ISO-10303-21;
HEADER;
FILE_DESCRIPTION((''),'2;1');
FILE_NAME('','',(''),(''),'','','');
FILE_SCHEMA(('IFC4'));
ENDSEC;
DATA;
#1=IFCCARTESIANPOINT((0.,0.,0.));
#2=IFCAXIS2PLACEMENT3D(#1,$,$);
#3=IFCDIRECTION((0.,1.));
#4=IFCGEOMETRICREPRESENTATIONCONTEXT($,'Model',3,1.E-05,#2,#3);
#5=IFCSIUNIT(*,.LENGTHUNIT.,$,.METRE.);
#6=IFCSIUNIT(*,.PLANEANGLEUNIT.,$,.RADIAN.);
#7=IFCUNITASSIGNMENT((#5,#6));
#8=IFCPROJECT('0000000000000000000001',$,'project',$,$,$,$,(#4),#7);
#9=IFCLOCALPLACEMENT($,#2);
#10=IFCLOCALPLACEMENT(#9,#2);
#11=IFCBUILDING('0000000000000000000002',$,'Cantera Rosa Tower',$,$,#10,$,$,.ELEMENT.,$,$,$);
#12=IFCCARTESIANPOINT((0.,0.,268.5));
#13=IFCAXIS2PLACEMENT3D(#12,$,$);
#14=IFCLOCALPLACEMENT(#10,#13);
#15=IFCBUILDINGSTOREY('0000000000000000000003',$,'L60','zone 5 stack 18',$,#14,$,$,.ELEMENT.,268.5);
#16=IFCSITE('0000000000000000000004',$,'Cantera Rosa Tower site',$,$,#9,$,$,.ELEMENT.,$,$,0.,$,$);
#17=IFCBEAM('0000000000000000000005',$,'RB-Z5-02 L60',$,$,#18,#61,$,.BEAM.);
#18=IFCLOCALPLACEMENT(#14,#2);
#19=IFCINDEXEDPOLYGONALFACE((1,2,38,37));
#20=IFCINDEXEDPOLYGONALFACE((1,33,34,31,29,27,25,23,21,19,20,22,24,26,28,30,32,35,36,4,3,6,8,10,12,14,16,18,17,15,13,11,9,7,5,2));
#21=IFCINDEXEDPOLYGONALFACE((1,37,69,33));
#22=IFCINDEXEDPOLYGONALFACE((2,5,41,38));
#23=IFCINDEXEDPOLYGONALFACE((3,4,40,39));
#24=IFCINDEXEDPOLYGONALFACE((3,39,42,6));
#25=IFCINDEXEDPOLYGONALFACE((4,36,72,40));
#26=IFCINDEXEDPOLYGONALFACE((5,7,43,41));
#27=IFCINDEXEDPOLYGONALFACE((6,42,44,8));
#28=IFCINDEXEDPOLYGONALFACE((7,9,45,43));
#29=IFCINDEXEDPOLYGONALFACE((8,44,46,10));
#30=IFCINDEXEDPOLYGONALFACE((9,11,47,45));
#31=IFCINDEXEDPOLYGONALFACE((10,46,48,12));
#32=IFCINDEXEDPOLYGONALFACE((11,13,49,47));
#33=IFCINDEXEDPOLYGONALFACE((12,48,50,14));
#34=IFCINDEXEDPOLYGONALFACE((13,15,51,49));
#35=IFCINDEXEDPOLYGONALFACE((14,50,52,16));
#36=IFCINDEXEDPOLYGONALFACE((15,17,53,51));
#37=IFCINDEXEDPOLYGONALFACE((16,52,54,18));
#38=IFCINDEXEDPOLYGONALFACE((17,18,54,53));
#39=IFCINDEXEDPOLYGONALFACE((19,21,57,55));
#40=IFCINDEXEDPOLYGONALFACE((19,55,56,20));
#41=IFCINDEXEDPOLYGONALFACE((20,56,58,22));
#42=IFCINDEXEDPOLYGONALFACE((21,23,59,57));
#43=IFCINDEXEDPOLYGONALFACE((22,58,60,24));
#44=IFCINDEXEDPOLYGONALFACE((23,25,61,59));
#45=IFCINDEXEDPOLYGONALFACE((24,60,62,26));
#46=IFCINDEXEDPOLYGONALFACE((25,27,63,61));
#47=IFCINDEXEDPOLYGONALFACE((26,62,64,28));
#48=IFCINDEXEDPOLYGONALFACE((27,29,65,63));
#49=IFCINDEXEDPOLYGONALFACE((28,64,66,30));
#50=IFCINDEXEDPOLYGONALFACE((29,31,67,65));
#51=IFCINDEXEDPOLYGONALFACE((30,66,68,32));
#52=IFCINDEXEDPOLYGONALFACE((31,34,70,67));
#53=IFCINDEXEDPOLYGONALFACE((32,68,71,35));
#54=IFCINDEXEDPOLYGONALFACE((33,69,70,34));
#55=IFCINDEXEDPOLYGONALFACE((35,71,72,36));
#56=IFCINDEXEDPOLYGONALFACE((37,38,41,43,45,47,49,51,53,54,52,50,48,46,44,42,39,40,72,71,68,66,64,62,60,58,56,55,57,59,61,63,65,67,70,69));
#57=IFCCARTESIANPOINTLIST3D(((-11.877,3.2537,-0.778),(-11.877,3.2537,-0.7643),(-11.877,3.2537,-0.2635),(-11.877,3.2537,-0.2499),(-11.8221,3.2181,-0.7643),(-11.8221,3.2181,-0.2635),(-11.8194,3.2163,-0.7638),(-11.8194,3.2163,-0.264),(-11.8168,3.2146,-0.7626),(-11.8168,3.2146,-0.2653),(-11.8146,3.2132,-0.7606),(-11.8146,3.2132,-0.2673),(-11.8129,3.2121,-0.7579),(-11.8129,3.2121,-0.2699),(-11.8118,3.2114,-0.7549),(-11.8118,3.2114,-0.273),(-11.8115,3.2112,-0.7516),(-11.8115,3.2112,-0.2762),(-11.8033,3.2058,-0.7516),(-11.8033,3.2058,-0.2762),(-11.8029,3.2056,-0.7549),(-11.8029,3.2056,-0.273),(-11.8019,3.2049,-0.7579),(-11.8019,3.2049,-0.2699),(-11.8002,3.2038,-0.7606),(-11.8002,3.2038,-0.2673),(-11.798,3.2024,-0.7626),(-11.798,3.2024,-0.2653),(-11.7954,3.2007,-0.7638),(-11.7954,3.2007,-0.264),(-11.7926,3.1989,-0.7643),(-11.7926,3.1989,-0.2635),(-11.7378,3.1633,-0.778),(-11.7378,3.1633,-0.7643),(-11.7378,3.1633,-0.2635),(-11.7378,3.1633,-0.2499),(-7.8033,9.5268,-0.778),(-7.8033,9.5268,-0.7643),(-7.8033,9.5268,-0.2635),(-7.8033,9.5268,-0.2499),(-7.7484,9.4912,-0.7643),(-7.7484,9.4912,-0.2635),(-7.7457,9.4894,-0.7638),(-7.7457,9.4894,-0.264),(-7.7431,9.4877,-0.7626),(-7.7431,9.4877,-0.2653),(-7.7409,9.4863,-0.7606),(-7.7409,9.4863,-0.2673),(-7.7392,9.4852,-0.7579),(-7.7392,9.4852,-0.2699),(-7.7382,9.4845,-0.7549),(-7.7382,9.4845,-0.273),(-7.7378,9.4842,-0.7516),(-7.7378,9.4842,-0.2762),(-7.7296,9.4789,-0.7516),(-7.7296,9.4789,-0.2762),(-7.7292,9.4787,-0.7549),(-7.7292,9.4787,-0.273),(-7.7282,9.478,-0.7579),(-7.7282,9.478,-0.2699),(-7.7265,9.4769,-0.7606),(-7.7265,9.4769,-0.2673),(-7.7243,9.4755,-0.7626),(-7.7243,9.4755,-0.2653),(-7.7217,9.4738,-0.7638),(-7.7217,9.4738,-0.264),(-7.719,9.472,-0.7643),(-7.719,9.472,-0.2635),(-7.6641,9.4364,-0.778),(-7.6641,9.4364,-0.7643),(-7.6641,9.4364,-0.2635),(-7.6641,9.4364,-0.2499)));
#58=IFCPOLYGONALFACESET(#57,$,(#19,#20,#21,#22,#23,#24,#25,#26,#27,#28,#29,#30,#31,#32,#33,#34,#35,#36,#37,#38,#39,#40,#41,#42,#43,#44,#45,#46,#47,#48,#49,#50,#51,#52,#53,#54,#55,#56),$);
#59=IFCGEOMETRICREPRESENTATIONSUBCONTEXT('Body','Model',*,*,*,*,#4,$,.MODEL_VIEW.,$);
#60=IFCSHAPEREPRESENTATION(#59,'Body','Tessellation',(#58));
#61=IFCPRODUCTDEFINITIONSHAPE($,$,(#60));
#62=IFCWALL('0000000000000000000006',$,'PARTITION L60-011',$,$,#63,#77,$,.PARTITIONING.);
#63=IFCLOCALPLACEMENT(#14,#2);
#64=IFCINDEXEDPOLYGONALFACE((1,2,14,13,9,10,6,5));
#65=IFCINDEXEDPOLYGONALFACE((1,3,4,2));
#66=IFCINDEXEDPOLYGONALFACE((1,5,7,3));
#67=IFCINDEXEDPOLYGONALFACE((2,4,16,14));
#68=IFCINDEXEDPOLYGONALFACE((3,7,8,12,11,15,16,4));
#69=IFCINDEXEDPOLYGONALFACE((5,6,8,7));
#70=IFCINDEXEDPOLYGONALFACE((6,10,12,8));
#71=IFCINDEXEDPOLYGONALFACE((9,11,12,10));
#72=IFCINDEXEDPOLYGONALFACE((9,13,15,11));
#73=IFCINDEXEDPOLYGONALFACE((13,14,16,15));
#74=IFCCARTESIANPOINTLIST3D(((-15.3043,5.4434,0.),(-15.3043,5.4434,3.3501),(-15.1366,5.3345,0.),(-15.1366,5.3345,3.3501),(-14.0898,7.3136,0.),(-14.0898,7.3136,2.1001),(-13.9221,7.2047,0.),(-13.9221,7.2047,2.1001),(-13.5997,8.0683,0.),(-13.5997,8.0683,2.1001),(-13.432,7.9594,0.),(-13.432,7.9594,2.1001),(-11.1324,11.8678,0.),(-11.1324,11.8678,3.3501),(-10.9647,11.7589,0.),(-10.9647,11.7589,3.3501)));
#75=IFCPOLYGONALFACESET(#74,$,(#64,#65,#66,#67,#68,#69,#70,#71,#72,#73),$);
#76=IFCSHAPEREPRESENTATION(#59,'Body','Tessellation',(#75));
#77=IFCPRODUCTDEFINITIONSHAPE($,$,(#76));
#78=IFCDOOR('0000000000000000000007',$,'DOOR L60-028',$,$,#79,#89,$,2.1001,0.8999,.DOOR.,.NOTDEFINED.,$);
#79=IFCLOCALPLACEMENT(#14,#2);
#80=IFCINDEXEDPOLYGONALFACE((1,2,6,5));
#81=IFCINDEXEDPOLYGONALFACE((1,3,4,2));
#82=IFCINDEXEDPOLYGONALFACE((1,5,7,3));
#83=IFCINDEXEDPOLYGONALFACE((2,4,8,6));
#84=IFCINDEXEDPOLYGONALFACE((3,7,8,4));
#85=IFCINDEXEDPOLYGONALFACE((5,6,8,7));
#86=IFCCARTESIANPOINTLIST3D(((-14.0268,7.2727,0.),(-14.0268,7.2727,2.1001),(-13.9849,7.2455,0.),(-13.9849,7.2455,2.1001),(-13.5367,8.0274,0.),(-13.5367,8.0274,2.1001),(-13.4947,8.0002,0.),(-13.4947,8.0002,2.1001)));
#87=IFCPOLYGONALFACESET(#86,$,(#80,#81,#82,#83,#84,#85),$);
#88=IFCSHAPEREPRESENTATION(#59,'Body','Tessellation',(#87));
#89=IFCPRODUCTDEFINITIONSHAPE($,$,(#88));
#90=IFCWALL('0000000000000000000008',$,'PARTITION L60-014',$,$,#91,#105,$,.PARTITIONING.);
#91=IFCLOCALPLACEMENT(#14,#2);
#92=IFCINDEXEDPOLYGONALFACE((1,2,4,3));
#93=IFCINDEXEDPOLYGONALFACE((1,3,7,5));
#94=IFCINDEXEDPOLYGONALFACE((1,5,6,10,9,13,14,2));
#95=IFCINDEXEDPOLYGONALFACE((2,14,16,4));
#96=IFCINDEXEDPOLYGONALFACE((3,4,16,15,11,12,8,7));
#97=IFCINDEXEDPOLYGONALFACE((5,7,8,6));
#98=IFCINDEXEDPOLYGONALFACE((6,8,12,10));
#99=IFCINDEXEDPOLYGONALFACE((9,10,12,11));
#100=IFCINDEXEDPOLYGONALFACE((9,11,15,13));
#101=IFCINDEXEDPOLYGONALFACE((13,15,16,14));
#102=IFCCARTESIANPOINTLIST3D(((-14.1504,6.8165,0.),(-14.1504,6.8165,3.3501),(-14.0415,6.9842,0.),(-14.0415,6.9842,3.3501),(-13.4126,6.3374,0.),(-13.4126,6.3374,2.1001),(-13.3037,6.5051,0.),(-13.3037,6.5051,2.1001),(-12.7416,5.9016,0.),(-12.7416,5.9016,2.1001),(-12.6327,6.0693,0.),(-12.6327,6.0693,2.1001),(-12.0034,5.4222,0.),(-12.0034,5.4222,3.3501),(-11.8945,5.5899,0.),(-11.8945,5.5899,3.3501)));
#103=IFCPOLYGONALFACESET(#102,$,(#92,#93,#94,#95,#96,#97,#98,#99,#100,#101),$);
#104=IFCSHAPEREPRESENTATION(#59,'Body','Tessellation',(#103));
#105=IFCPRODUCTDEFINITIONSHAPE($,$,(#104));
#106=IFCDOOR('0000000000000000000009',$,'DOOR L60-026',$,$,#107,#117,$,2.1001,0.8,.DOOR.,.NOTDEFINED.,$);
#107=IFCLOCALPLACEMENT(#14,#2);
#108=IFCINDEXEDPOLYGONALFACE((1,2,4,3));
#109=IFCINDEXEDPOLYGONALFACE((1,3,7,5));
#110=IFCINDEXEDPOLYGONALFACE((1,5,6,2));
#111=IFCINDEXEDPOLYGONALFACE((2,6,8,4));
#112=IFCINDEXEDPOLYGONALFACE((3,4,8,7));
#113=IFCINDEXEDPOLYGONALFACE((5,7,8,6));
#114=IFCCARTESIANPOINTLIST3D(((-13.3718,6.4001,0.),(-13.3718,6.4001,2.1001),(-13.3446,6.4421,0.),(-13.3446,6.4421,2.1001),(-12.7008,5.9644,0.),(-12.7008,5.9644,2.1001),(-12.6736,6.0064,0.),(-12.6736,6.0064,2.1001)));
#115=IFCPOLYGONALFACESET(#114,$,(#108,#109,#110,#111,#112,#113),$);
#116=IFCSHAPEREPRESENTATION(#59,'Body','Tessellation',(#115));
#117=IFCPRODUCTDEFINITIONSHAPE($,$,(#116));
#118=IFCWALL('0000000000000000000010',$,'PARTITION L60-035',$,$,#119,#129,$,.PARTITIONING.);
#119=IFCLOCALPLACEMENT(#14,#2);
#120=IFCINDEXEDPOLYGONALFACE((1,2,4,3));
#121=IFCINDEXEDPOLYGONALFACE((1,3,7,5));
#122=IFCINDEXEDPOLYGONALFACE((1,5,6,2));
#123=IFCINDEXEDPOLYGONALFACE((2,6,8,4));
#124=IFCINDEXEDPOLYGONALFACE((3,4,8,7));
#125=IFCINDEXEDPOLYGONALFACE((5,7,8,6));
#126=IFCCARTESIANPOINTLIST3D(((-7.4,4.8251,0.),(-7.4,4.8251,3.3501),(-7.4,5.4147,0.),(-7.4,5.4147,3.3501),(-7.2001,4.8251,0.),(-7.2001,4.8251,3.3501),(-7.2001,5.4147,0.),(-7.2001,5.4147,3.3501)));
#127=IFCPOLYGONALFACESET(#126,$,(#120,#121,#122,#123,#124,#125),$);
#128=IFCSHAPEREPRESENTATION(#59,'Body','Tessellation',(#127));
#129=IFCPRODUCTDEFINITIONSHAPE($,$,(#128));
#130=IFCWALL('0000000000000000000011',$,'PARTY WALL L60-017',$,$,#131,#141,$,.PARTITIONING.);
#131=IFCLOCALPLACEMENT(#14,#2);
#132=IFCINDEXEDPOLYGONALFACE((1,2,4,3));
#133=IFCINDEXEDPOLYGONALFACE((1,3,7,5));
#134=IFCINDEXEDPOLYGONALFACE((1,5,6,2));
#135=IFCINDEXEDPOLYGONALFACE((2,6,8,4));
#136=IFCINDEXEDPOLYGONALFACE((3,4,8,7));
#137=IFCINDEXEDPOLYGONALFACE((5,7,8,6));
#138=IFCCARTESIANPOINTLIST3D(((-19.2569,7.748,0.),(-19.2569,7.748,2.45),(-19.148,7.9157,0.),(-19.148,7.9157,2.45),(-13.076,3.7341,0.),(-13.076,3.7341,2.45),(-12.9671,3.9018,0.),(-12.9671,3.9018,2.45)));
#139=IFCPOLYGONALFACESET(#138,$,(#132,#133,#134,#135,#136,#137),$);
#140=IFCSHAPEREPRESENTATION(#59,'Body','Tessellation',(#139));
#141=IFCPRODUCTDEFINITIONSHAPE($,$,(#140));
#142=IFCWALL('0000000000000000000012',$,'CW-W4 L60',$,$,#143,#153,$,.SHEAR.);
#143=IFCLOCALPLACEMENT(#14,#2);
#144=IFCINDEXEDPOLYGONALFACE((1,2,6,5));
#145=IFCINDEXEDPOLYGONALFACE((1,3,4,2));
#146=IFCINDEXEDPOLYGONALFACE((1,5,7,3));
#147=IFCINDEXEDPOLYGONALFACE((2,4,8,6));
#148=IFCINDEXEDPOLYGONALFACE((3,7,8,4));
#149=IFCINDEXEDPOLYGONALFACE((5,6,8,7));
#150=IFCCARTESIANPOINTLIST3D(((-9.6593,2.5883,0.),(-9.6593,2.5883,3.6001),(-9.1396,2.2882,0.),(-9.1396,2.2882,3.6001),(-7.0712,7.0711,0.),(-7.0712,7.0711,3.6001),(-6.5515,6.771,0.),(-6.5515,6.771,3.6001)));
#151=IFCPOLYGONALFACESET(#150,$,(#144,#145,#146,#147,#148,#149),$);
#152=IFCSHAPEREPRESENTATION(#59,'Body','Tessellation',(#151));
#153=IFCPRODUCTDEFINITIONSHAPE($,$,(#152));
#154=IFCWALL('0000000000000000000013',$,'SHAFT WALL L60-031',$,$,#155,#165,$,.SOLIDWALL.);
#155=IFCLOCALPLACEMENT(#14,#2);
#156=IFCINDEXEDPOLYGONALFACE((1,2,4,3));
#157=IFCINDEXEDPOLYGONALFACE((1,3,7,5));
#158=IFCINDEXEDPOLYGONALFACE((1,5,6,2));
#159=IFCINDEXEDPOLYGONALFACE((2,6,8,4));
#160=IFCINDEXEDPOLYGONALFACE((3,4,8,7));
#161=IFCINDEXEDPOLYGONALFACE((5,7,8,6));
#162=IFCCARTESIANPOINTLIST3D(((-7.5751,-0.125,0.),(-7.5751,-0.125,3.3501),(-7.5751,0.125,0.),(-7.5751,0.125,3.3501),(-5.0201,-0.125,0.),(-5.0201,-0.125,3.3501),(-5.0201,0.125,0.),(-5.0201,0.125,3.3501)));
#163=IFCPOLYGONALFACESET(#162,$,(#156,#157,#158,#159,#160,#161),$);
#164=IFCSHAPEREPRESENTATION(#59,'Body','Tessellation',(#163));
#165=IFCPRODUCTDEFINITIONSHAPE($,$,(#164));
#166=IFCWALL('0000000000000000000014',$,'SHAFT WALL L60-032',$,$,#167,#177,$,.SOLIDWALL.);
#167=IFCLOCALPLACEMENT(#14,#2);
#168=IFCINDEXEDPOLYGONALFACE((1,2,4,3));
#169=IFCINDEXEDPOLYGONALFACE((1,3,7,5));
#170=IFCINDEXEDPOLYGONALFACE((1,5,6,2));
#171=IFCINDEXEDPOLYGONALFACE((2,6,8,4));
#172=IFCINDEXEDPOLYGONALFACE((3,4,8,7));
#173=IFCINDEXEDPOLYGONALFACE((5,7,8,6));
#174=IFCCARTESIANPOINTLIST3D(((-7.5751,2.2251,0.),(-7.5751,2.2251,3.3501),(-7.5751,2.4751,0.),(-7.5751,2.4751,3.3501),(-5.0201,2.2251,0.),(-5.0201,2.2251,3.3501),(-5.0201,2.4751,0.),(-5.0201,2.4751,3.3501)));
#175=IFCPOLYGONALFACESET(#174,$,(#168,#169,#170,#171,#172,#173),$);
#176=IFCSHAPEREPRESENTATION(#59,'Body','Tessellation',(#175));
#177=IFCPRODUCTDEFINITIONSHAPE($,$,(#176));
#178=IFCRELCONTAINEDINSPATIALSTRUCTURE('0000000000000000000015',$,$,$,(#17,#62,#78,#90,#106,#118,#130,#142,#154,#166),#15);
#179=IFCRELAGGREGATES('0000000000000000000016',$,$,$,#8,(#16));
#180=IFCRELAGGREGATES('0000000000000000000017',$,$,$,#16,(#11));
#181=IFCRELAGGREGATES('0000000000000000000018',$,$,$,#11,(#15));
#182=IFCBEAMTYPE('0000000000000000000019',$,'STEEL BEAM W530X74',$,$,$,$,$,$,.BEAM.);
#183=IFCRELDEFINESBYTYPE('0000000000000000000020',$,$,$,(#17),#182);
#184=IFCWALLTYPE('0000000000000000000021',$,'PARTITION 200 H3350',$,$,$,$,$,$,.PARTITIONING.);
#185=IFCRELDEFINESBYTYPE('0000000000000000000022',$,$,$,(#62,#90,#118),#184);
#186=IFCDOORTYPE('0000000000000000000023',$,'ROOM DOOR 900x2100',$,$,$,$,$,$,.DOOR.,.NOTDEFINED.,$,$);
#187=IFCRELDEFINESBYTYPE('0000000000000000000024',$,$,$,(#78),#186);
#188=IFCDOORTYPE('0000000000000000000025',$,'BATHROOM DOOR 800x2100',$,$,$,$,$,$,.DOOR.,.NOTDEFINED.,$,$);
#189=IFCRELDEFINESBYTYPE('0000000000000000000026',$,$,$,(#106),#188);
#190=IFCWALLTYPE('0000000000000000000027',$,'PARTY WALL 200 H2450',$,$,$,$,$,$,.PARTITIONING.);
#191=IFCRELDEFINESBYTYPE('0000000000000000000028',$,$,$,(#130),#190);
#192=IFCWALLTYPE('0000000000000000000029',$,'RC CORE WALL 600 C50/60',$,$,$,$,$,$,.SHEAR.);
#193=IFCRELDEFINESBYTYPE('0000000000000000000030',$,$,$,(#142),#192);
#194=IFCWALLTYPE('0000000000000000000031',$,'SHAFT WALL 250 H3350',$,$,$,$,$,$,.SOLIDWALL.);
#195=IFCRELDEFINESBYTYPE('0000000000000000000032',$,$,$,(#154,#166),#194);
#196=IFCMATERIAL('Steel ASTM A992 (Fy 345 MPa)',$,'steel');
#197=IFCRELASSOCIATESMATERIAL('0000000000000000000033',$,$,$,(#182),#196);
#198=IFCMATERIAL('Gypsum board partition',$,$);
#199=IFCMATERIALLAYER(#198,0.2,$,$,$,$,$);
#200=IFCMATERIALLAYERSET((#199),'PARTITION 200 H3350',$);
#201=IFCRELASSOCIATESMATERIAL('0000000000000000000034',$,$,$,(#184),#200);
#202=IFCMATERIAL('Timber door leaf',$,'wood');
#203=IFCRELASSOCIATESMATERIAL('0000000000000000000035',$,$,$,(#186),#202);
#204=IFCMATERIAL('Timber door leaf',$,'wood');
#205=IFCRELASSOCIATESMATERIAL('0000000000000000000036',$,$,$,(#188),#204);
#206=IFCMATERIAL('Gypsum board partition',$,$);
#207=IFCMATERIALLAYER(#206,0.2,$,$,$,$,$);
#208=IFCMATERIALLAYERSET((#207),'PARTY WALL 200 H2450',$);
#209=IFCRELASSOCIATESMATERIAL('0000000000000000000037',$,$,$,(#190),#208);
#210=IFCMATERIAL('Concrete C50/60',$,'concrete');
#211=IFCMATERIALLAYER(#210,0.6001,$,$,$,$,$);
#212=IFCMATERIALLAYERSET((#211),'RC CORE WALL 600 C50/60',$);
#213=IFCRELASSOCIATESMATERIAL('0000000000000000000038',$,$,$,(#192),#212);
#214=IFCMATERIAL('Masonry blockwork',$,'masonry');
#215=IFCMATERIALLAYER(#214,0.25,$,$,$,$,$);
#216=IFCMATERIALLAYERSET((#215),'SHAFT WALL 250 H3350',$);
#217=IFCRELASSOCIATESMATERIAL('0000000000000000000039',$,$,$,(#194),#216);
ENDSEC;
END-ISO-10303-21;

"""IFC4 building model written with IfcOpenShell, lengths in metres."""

from ifc_helpers import new_model, si_unit, direction, frame, frame_2d, origin, origin_2d, place, context, subcontext, project, spatial, rectangle, i_section, extrude, material, layer, layer_set, material_profile, profile_set, type_object, element, fill, save


model = new_model("IFC4")

# Units and contexts
model_context = context("Model", 3, precision=1e-05, world=origin(), true_north=direction((0.0, 1.0)))
body_context = subcontext(model_context, "Body", "Model", "MODEL_VIEW")
ifc_project = project(units=[si_unit("LENGTHUNIT", "METRE"), si_unit("PLANEANGLEUNIT", "RADIAN")], contexts=[model_context])

# Site, building, storey
site_placement = place(None, origin())
site = spatial("IfcSite", under=ifc_project, at=site_placement, Name="Cantera Rosa Tower site", CompositionType="ELEMENT", RefElevation=0.0)
building_placement = place(site_placement, origin())
building = spatial("IfcBuilding", under=site, at=building_placement, Name="Cantera Rosa Tower", CompositionType="ELEMENT")
storey_placement = place(building_placement, frame((0.0, 0.0, 268.5)))
storey = spatial("IfcBuildingStorey", under=building, at=storey_placement, Name="L60", Description="zone 5 stack 18", CompositionType="ELEMENT", Elevation=268.5)

# Beam
ifc_material_1 = material(Name="Steel ASTM A992 (Fy 345 MPa)", Category="steel")
ifc_material_profile = material_profile(ifc_material_1, i_section(OverallWidth=0.166, OverallDepth=0.5281, WebThickness=0.0098, FlangeThickness=0.0137, FilletRadius=0.0127, at=origin_2d()), Name="W530X74")
ifc_profile_set = profile_set([ifc_material_profile], Name="Steel ASTM A992 (Fy 345 MPa)")
beam_type = type_object("IfcBeamType", Name="STEEL BEAM W530X74", PredefinedType="BEAM", material=ifc_profile_set)
beam_placement = place(storey_placement, frame((-11.8074, 3.2085, -0.5139), z_axis=(0.544627, 0.838678, 0.0), x_axis=(-0.838678, 0.544627, 0.0)))
element("IfcBeam", 1, at=beam_placement, inside=storey, type_object=beam_type, Name="RB-Z5-02 L60", PredefinedType="BEAM", context=body_context, shape_type="SweptSolid", body=[
    extrude(i_section(OverallWidth=0.166, OverallDepth=0.5281, WebThickness=0.0098, FlangeThickness=0.0137, FilletRadius=0.0127, at=origin_2d()), origin(), (0.0, 0.0, 1.0), 7.4797),
])

# Walls, openings, doors
ifc_material_2 = material(Name="Gypsum board partition")
ifc_layer_1 = layer(ifc_material_2, 0.2)
ifc_layer_set_1 = layer_set([ifc_layer_1], Name="PARTITION 200 H3350")
wall_type_1 = type_object("IfcWallType", Name="PARTITION 200 H3350", PredefinedType="PARTITIONING", material=ifc_layer_set_1)
wall_1_placement = place(storey_placement, frame((-15.2205, 5.3889, 0.0), z_axis=(0.0, 0.0, 1.0), x_axis=(0.544628, 0.838678, 0.0)))
wall_1 = element("IfcWall", 2, at=wall_1_placement, inside=storey, type_object=wall_type_1, Name="PARTITION L60-011", PredefinedType="PARTITIONING", context=body_context, shape_type="SweptSolid", body=[
    extrude(rectangle(XDim=7.6602, YDim=0.2, at=frame_2d((3.8301, 0.0))), origin(), (0.0, 0.0, 1.0), 3.3501),
])
opening_1_placement = place(wall_1_placement, frame((2.23, 0.0, 0.0)))
opening_1 = element("IfcOpeningElement", 3, at=opening_1_placement, cuts=wall_1, PredefinedType="OPENING", context=body_context, shape_type="SweptSolid", body=[
    extrude(rectangle(XDim=0.8999, YDim=2.1001, at=frame_2d((0.45, 1.05))), frame((0.0, 0.1099, 0.0), z_axis=(0.0, -1.0, 0.0), x_axis=(1.0, 0.0, 0.0)), (0.0, 0.0, 1.0), 0.22),
])
ifc_material_3 = material(Name="Timber door leaf", Category="wood")
door_type_1 = type_object("IfcDoorType", Name="ROOM DOOR 900x2100", OperationType="NOTDEFINED", PredefinedType="DOOR", material=ifc_material_3)
door_1_placement = place(opening_1_placement, origin())
door_1 = element("IfcDoor", 4, at=door_1_placement, inside=storey, type_object=door_type_1, Name="DOOR L60-028", OperationType="NOTDEFINED", OverallHeight=2.1001, OverallWidth=0.8999, PredefinedType="DOOR", context=body_context, shape_type="SweptSolid", body=[
    extrude(rectangle(XDim=0.8999, YDim=2.1001, at=frame_2d((0.45, 1.05))), frame((0.0, 0.0249, 0.0), z_axis=(0.0, -1.0, 0.0), x_axis=(1.0, 0.0, 0.0)), (0.0, 0.0, 1.0), 0.05),
])
fill(opening_1, door_1)
wall_2_placement = place(storey_placement, frame((-14.0959, 6.9004, 0.0), z_axis=(0.0, 0.0, 1.0), x_axis=(0.838666, -0.544646, 0.0)))
wall_2 = element("IfcWall", 5, at=wall_2_placement, inside=storey, type_object=wall_type_1, Name="PARTITION L60-014", PredefinedType="PARTITIONING", context=body_context, shape_type="SweptSolid", body=[
    extrude(rectangle(XDim=2.5601, YDim=0.2, at=frame_2d((1.28, 0.0))), origin(), (0.0, 0.0, 1.0), 3.3501),
])
opening_2_placement = place(wall_2_placement, frame((0.8799, 0.0, 0.0)))
opening_2 = element("IfcOpeningElement", 6, at=opening_2_placement, cuts=wall_2, PredefinedType="OPENING", context=body_context, shape_type="SweptSolid", body=[
    extrude(rectangle(XDim=0.8, YDim=2.1001, at=frame_2d((0.3999, 1.05))), frame((0.0, 0.1099, 0.0), z_axis=(0.0, -1.0, 0.0), x_axis=(1.0, 0.0, 0.0)), (0.0, 0.0, 1.0), 0.22),
])
ifc_material_4 = material(Name="Timber door leaf", Category="wood")
door_type_2 = type_object("IfcDoorType", Name="BATHROOM DOOR 800x2100", OperationType="NOTDEFINED", PredefinedType="DOOR", material=ifc_material_4)
door_2_placement = place(opening_2_placement, origin())
door_2 = element("IfcDoor", 7, at=door_2_placement, inside=storey, type_object=door_type_2, Name="DOOR L60-026", OperationType="NOTDEFINED", OverallHeight=2.1001, OverallWidth=0.8, PredefinedType="DOOR", context=body_context, shape_type="SweptSolid", body=[
    extrude(rectangle(XDim=0.8, YDim=2.1001, at=frame_2d((0.3999, 1.05))), frame((0.0, 0.0249, 0.0), z_axis=(0.0, -1.0, 0.0), x_axis=(1.0, 0.0, 0.0)), (0.0, 0.0, 1.0), 0.05),
])
fill(opening_2, door_2)

# Walls
wall_3_placement = place(storey_placement, frame((-7.3, 4.825, 0.0), z_axis=(0.0, 0.0, 1.0), x_axis=(0.0, 1.0, 0.0)))
element("IfcWall", 8, at=wall_3_placement, inside=storey, type_object=wall_type_1, Name="PARTITION L60-035", PredefinedType="PARTITIONING", context=body_context, shape_type="SweptSolid", body=[
    extrude(rectangle(XDim=0.5896, YDim=0.2, at=frame_2d((0.2949, 0.0))), origin(), (0.0, 0.0, 1.0), 3.3501),
])
ifc_material_5 = material(Name="Gypsum board partition")
ifc_layer_2 = layer(ifc_material_5, 0.2)
ifc_layer_set_2 = layer_set([ifc_layer_2], Name="PARTY WALL 200 H2450")
wall_type_2 = type_object("IfcWallType", Name="PARTY WALL 200 H2450", PredefinedType="PARTITIONING", material=ifc_layer_set_2)
wall_4_placement = place(storey_placement, frame((-13.0215, 3.8179, 0.0), z_axis=(0.0, 0.0, 1.0), x_axis=(-0.838671, 0.544638, 0.0)))
element("IfcWall", 9, at=wall_4_placement, inside=storey, type_object=wall_type_2, Name="PARTY WALL L60-017", PredefinedType="PARTITIONING", context=body_context, shape_type="SweptSolid", body=[
    extrude(rectangle(XDim=7.3699, YDim=0.2, at=frame_2d((3.6851, 0.0))), origin(), (0.0, 0.0, 1.0), 2.45),
])
ifc_material_6 = material(Name="Concrete C50/60", Category="concrete")
ifc_layer_3 = layer(ifc_material_6, 0.6001)
ifc_layer_set_3 = layer_set([ifc_layer_3], Name="RC CORE WALL 600 C50/60")
wall_type_3 = type_object("IfcWallType", Name="RC CORE WALL 600 C50/60", PredefinedType="SHEAR", material=ifc_layer_set_3)
wall_5_placement = place(storey_placement, frame((-9.3994, 2.4382, 0.0), z_axis=(0.0, 0.0, 1.0), x_axis=(0.499989, 0.866032, 0.0)))
element("IfcWall", 10, at=wall_5_placement, inside=storey, type_object=wall_type_3, Name="CW-W4 L60", PredefinedType="SHEAR", context=body_context, shape_type="SweptSolid", body=[
    extrude(rectangle(XDim=5.1763, YDim=0.6001, at=frame_2d((2.5881, 0.0))), origin(), (0.0, 0.0, 1.0), 3.6001),
])
ifc_material_7 = material(Name="Masonry blockwork", Category="masonry")
ifc_layer_4 = layer(ifc_material_7, 0.25)
ifc_layer_set_4 = layer_set([ifc_layer_4], Name="SHAFT WALL 250 H3350")
wall_type_4 = type_object("IfcWallType", Name="SHAFT WALL 250 H3350", PredefinedType="SOLIDWALL", material=ifc_layer_set_4)
for number, where, z_axis, x_axis, name in (
    (11, (-7.575, 0.0, 0.0), (0.0, 0.0, 1.0), (1.0, 0.0, 0.0), "SHAFT WALL L60-031"),
    (12, (-7.575, 2.3501, 0.0), (0.0, 0.0, 1.0), (1.0, 0.0, 0.0), "SHAFT WALL L60-032"),
):
    element("IfcWall", number, at=place(storey_placement, frame(where, z_axis=z_axis, x_axis=x_axis)), inside=storey, type_object=wall_type_4, Name=name, PredefinedType="SOLIDWALL", context=body_context, shape_type="SweptSolid", body=[
        extrude(rectangle(XDim=2.5549, YDim=0.25, at=frame_2d((1.2773, 0.0))), origin(), (0.0, 0.0, 1.0), 3.3501),
    ])

save(model, "model.ifc")
